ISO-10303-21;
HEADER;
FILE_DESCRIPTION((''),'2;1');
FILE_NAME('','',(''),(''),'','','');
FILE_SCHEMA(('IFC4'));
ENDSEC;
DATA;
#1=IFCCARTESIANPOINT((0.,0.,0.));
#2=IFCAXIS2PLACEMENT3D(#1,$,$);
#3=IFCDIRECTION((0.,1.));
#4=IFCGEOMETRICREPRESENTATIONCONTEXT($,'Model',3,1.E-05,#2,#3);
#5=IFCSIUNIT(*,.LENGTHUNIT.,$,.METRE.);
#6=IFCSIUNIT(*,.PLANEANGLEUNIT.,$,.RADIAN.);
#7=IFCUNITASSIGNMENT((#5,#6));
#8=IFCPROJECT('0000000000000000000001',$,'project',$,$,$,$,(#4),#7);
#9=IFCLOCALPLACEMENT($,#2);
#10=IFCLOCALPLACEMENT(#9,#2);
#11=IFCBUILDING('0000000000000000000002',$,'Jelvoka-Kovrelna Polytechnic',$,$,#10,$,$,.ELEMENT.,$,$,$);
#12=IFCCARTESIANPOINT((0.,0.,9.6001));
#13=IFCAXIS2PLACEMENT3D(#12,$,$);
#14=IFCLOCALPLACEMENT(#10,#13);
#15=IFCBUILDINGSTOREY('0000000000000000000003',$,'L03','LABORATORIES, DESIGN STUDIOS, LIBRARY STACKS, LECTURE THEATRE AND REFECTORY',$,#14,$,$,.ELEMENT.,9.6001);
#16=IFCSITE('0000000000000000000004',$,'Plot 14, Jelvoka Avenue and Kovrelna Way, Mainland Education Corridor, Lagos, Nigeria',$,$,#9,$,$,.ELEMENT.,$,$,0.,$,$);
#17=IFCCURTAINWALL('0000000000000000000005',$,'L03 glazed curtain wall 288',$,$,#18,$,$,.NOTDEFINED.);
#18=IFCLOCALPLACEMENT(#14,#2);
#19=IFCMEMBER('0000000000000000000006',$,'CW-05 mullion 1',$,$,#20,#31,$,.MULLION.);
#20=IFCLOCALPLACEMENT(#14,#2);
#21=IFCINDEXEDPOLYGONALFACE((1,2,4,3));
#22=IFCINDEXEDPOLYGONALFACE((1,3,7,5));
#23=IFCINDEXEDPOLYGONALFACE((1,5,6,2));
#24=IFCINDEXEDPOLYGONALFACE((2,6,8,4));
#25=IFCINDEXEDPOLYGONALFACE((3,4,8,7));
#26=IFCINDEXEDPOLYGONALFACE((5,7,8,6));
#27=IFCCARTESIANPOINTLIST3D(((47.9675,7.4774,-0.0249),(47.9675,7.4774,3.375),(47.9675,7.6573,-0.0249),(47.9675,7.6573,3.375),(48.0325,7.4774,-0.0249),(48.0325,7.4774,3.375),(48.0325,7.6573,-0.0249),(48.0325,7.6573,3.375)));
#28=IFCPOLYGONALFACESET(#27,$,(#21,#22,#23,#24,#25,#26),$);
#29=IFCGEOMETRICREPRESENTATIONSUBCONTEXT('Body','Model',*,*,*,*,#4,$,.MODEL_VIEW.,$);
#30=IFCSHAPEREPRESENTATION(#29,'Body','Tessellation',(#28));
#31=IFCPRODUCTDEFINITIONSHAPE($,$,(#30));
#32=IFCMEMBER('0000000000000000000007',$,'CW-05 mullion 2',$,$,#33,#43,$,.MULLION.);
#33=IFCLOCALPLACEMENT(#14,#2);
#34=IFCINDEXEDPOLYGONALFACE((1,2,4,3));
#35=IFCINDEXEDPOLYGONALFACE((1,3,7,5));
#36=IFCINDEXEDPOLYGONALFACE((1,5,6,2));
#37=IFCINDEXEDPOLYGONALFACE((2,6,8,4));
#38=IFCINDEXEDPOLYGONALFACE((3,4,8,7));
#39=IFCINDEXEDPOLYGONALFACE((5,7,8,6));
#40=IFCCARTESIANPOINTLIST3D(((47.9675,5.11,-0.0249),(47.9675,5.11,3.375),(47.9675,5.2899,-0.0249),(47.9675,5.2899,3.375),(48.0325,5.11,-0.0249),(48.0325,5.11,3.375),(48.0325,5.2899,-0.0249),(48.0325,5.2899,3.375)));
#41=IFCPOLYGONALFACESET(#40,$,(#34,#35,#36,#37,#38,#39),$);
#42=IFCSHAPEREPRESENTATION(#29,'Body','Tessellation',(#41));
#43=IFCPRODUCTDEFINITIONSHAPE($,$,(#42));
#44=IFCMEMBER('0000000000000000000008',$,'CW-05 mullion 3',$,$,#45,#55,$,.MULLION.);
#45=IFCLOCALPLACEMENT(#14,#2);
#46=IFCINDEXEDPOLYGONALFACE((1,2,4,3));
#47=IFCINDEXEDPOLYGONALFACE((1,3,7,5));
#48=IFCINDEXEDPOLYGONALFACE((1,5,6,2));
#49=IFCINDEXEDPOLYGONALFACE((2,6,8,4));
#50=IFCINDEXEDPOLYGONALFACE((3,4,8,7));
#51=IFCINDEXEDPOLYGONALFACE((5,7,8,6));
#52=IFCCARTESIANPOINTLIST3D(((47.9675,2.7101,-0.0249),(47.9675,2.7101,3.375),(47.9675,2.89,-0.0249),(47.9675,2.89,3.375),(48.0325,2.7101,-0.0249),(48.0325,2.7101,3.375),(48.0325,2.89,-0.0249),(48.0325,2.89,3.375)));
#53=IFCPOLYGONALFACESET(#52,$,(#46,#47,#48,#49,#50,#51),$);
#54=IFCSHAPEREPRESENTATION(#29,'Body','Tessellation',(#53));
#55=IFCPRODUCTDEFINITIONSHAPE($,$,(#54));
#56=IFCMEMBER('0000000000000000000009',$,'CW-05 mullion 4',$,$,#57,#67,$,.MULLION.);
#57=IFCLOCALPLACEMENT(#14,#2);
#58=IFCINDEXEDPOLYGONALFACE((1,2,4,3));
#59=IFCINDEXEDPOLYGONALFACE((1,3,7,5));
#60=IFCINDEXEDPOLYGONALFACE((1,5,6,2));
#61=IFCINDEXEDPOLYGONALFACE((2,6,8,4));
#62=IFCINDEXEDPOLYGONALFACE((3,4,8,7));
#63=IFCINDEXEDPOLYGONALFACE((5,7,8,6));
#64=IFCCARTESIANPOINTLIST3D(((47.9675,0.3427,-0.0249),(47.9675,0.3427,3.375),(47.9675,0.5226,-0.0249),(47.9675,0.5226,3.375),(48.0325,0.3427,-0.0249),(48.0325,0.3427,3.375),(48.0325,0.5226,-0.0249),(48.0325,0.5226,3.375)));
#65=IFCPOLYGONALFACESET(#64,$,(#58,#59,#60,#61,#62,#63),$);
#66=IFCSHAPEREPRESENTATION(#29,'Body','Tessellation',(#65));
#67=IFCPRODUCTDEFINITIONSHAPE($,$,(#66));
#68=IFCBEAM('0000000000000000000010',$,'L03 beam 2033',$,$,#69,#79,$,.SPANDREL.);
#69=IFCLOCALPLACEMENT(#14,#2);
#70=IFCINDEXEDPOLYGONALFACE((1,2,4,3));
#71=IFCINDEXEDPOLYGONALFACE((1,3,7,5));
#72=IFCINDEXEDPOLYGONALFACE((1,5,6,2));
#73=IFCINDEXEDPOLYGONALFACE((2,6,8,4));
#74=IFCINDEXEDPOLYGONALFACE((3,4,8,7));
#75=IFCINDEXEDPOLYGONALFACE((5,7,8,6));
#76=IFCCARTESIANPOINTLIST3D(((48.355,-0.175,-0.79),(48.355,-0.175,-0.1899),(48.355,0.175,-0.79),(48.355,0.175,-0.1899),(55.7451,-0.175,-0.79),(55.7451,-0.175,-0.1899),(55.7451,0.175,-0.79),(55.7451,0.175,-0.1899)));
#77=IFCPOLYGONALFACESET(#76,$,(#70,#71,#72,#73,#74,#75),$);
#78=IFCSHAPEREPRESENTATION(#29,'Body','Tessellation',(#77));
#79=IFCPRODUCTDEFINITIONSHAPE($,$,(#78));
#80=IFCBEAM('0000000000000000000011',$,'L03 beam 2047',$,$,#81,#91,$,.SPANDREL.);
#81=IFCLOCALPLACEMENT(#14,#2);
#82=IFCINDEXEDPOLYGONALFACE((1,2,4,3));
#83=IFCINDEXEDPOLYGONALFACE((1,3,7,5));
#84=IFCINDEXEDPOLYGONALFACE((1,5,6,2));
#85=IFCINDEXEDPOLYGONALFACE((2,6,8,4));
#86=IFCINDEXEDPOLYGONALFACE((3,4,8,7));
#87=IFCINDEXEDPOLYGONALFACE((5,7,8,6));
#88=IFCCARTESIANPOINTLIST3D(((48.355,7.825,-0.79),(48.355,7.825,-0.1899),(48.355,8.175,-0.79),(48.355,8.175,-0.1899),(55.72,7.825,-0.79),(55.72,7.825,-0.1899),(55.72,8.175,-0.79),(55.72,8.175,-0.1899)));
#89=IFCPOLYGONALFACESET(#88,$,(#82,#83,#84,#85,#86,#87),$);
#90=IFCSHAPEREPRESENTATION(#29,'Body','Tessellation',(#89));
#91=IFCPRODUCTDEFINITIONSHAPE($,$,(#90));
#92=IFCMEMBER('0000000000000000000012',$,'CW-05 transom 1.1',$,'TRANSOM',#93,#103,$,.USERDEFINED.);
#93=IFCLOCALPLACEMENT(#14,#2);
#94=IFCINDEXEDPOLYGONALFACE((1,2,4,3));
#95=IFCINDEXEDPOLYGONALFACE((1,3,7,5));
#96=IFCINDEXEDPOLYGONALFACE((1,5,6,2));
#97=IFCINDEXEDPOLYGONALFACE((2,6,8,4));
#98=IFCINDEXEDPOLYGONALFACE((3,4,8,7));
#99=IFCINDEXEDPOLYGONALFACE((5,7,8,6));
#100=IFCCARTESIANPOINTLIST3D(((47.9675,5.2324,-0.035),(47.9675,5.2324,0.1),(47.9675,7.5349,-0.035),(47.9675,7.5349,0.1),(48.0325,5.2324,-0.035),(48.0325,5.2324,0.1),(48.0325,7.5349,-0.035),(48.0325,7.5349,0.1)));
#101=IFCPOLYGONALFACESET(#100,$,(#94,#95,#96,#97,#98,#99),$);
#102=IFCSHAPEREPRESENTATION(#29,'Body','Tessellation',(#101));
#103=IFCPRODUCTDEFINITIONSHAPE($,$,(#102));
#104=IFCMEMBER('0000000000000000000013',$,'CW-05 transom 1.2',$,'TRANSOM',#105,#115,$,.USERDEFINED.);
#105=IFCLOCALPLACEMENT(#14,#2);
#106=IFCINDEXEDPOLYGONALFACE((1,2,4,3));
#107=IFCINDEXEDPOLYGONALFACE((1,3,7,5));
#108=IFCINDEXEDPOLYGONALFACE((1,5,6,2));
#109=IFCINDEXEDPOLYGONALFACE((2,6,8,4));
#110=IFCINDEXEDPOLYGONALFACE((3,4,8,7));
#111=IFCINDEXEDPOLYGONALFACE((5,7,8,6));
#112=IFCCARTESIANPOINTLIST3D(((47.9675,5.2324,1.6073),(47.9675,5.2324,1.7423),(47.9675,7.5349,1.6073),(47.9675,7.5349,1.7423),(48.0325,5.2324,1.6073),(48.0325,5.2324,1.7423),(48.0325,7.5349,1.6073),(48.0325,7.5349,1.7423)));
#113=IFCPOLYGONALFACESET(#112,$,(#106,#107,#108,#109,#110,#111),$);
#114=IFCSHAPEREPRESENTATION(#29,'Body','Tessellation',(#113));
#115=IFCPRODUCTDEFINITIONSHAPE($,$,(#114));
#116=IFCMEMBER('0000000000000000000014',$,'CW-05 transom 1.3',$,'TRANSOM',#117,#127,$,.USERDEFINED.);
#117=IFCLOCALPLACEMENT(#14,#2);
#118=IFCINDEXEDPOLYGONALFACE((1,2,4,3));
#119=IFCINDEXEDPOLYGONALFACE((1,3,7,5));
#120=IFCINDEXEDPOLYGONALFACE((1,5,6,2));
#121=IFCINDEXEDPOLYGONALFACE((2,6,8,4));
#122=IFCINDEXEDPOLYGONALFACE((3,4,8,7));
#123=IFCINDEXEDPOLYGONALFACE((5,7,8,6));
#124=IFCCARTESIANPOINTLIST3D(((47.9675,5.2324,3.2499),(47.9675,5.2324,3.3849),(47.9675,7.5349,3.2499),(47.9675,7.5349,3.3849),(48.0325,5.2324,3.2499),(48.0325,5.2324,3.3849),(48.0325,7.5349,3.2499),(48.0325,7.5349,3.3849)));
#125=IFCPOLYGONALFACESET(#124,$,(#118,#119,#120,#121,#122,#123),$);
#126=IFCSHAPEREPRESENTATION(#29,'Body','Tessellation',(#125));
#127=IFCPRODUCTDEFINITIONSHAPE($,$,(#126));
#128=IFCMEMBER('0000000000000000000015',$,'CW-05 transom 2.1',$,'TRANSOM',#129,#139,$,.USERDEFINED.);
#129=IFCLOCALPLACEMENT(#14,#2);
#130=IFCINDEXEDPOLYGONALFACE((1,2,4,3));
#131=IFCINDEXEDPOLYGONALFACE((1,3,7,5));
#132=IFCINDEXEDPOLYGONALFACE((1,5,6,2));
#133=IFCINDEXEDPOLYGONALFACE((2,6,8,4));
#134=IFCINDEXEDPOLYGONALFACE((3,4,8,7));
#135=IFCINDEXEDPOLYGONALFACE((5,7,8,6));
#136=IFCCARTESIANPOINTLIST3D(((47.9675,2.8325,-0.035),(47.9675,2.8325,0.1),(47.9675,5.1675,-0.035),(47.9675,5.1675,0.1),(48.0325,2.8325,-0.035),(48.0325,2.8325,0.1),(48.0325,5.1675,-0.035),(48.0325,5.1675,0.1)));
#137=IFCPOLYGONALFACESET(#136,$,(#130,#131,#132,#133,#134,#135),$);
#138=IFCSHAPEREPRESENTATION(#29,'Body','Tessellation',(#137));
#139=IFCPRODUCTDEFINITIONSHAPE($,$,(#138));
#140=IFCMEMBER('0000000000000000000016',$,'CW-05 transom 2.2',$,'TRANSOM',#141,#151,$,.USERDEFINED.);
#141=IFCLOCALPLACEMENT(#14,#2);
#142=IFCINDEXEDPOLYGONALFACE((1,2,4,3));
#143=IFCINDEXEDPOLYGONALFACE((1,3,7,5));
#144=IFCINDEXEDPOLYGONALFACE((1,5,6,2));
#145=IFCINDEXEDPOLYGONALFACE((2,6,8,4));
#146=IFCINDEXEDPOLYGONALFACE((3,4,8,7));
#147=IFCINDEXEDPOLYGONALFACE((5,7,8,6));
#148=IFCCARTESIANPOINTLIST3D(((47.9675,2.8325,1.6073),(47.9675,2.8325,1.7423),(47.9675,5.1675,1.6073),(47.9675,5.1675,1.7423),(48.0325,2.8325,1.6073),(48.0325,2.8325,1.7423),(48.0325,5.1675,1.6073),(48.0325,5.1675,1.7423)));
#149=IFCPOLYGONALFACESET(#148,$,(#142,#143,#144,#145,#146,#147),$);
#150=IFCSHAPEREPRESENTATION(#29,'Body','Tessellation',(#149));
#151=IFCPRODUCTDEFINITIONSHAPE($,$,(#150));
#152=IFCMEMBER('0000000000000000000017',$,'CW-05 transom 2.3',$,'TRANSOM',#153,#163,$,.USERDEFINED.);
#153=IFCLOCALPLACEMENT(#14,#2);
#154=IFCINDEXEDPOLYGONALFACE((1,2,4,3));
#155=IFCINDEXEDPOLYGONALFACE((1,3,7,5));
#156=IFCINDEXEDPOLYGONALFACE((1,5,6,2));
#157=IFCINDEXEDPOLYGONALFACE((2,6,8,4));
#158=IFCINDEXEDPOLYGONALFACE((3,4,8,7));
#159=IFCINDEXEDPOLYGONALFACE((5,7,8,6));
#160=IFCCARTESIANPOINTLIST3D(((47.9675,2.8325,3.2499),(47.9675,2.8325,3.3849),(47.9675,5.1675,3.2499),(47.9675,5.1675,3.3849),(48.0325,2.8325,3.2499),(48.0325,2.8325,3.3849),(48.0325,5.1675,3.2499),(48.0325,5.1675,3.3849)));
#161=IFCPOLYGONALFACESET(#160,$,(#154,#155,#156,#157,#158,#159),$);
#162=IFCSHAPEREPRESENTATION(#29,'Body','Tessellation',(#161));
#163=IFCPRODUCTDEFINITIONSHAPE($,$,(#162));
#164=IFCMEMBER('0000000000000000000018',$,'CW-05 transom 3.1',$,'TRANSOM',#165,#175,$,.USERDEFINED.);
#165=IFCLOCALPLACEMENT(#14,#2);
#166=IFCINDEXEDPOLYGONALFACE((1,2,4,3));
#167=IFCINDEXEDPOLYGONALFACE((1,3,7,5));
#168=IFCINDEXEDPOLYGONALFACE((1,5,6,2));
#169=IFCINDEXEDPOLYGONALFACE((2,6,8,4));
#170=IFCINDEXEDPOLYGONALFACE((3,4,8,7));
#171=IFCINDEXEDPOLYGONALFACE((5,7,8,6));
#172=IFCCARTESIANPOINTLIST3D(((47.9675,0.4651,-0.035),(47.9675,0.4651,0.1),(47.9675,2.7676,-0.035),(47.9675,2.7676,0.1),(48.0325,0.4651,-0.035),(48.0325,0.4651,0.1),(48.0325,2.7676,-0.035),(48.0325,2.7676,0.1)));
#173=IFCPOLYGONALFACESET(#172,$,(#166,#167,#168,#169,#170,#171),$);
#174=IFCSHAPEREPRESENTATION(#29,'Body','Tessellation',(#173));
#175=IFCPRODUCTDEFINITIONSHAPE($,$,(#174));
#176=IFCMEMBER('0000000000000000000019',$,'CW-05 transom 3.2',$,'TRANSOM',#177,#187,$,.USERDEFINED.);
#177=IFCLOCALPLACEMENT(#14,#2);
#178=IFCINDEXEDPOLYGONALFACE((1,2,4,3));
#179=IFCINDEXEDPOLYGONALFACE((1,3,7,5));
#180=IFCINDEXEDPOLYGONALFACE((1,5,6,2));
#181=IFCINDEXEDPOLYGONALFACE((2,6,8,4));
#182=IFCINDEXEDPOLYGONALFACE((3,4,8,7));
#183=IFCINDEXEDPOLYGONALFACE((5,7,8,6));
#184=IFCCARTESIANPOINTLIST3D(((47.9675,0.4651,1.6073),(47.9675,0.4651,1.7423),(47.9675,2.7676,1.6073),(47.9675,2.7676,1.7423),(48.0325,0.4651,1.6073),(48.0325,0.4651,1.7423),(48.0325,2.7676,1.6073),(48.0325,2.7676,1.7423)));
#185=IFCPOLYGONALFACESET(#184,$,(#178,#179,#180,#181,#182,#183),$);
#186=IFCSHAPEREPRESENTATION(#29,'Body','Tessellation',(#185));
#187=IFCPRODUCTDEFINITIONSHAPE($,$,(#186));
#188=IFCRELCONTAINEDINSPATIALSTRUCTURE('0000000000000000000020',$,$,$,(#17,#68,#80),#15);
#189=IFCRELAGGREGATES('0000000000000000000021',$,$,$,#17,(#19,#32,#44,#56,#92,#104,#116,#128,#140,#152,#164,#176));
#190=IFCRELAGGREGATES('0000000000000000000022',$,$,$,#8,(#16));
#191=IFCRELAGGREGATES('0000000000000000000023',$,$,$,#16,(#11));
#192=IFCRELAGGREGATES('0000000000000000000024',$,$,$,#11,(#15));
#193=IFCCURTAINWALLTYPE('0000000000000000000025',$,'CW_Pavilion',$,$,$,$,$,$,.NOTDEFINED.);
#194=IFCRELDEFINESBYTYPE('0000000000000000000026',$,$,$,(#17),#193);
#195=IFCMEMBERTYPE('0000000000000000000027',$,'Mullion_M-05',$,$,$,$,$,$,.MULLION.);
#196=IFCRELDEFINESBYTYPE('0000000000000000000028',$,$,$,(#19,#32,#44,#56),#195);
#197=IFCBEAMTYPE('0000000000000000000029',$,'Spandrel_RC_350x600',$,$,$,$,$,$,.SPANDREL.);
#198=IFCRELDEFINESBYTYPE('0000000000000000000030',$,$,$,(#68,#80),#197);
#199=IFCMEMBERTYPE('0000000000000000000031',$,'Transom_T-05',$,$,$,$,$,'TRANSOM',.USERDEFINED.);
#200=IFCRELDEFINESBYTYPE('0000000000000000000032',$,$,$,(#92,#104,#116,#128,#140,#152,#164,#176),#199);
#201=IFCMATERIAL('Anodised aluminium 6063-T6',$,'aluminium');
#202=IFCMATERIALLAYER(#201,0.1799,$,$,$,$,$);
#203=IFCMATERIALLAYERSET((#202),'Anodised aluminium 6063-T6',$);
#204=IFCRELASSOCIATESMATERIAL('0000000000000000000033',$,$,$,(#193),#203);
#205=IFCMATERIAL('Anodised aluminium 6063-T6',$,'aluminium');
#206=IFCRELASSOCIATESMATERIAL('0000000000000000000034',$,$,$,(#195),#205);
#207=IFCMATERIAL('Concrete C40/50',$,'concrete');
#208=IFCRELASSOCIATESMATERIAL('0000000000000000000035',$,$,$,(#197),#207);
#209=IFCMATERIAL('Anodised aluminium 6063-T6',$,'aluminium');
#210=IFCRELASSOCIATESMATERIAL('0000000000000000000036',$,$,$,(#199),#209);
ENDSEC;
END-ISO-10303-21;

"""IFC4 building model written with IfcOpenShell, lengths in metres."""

from ifc_helpers import new_model, si_unit, direction, frame, origin, origin_2d, place, context, subcontext, project, spatial, rectangle, extrude, material, layer, layer_set, material_profile, profile_set, type_object, element, aggregate, save


model = new_model("IFC4")

# Units and contexts
model_context = context("Model", 3, precision=1e-05, world=origin(), true_north=direction((0.0, 1.0)))
body_context = subcontext(model_context, "Body", "Model", "MODEL_VIEW")
ifc_project = project(units=[si_unit("LENGTHUNIT", "METRE"), si_unit("PLANEANGLEUNIT", "RADIAN")], contexts=[model_context])

# Site, building, storey
site_placement = place(None, origin())
site = spatial("IfcSite", under=ifc_project, at=site_placement, Name="Plot 14, Jelvoka Avenue and Kovrelna Way, Mainland Education Corridor, Lagos, Nigeria", CompositionType="ELEMENT", RefElevation=0.0)
building_placement = place(site_placement, origin())
building = spatial("IfcBuilding", under=site, at=building_placement, Name="Jelvoka-Kovrelna Polytechnic", CompositionType="ELEMENT")
storey_placement = place(building_placement, frame((0.0, 0.0, 9.6001)))
storey = spatial("IfcBuildingStorey", under=building, at=storey_placement, Name="L03", Description="LABORATORIES, DESIGN STUDIOS, LIBRARY STACKS, LECTURE THEATRE AND REFECTORY", CompositionType="ELEMENT", Elevation=9.6001)

# Shared definitions
ifc_material_1 = material(Name="Anodised aluminium 6063-T6", Category="aluminium")
ifc_layer_1 = layer(ifc_material_1, 0.1799)
ifc_layer_set_1 = layer_set([ifc_layer_1], Name="Anodised aluminium 6063-T6")
curtain_wall_type = type_object("IfcCurtainWallType", Name="CW_Pavilion", PredefinedType="NOTDEFINED", material=ifc_layer_set_1)
ifc_material_2 = material(Name="Anodised aluminium 6063-T6", Category="aluminium")
ifc_material_profile_1 = material_profile(ifc_material_2, rectangle(XDim=0.0649, YDim=0.1799, at=origin_2d()), Name="ALU 65x180")
ifc_profile_set_1 = profile_set([ifc_material_profile_1], Name="Anodised aluminium 6063-T6")
member_type_1 = type_object("IfcMemberType", Name="Mullion_M-05", PredefinedType="MULLION", material=ifc_profile_set_1)

# Curtain wall, members
curtain_wall_1_placement = place(storey_placement, origin())
curtain_wall_1 = element("IfcCurtainWall", 1, at=curtain_wall_1_placement, inside=storey, type_object=curtain_wall_type, Name="L03 glazed curtain wall 288", PredefinedType="NOTDEFINED")
member_1_placement = place(storey_placement, frame((48.0, 7.5674, -0.0249), z_axis=(0.0, 0.0, 1.0), x_axis=(1.0, 0.0, 0.0)))
member_1 = element("IfcMember", 2, at=member_1_placement, type_object=member_type_1, Name="CW-05 mullion 1", PredefinedType="MULLION", context=body_context, shape_type="SweptSolid", body=[
    extrude(rectangle(XDim=0.0649, YDim=0.1799, at=origin_2d()), origin(), (0.0, 0.0, 1.0), 3.3999),
])
member_2_placement = place(storey_placement, frame((48.0, 5.2, -0.0249), z_axis=(0.0, 0.0, 1.0), x_axis=(1.0, 0.0, 0.0)))
member_2 = element("IfcMember", 3, at=member_2_placement, type_object=member_type_1, Name="CW-05 mullion 2", PredefinedType="MULLION", context=body_context, shape_type="SweptSolid", body=[
    extrude(rectangle(XDim=0.0649, YDim=0.1799, at=origin_2d()), origin(), (0.0, 0.0, 1.0), 3.3999),
])
member_3_placement = place(storey_placement, frame((48.0, 2.8, -0.0249), z_axis=(0.0, 0.0, 1.0), x_axis=(1.0, 0.0, 0.0)))
member_3 = element("IfcMember", 4, at=member_3_placement, type_object=member_type_1, Name="CW-05 mullion 3", PredefinedType="MULLION", context=body_context, shape_type="SweptSolid", body=[
    extrude(rectangle(XDim=0.0649, YDim=0.1799, at=origin_2d()), origin(), (0.0, 0.0, 1.0), 3.3999),
])
member_4_placement = place(storey_placement, frame((48.0, 0.4326, -0.0249), z_axis=(0.0, 0.0, 1.0), x_axis=(1.0, 0.0, 0.0)))
member_4 = element("IfcMember", 5, at=member_4_placement, type_object=member_type_1, Name="CW-05 mullion 4", PredefinedType="MULLION", context=body_context, shape_type="SweptSolid", body=[
    extrude(rectangle(XDim=0.0649, YDim=0.1799, at=origin_2d()), origin(), (0.0, 0.0, 1.0), 3.3999),
])

# Beams
ifc_material_3 = material(Name="Concrete C40/50", Category="concrete")
ifc_material_profile_2 = material_profile(ifc_material_3, rectangle(XDim=0.3501, YDim=0.6001, at=origin_2d()), Name="RC 350x600")
ifc_profile_set_2 = profile_set([ifc_material_profile_2], Name="Concrete C40/50")
beam_type_1 = type_object("IfcBeamType", Name="Spandrel_RC_350x600", PredefinedType="SPANDREL", material=ifc_profile_set_2)
beam_1_placement = place(storey_placement, frame((48.355, 0.0, -0.49), z_axis=(1.0, 0.0, 0.0), x_axis=(0.0, 1.0, 0.0)))
element("IfcBeam", 6, at=beam_1_placement, inside=storey, type_object=beam_type_1, Name="L03 beam 2033", PredefinedType="SPANDREL", context=body_context, shape_type="SweptSolid", body=[
    extrude(rectangle(XDim=0.3501, YDim=0.6001, at=origin_2d()), origin(), (0.0, 0.0, 1.0), 7.3901),
])
beam_2_placement = place(storey_placement, frame((48.355, 8.0, -0.49), z_axis=(1.0, 0.0, 0.0), x_axis=(0.0, 1.0, 0.0)))
element("IfcBeam", 7, at=beam_2_placement, inside=storey, type_object=beam_type_1, Name="L03 beam 2047", PredefinedType="SPANDREL", context=body_context, shape_type="SweptSolid", body=[
    extrude(rectangle(XDim=0.3501, YDim=0.6001, at=origin_2d()), origin(), (0.0, 0.0, 1.0), 7.365),
])

# Members
ifc_material_4 = material(Name="Anodised aluminium 6063-T6", Category="aluminium")
ifc_material_profile_3 = material_profile(ifc_material_4, rectangle(XDim=0.0649, YDim=0.135, at=origin_2d()), Name="ALU 65x135")
ifc_profile_set_3 = profile_set([ifc_material_profile_3], Name="Anodised aluminium 6063-T6")
member_type_2 = type_object("IfcMemberType", Name="Transom_T-05", ElementType="TRANSOM", PredefinedType="USERDEFINED", material=ifc_profile_set_3)
member_5_placement = place(storey_placement, frame((48.0, 7.5349, 0.0325), z_axis=(0.0, -1.0, 0.0), x_axis=(1.0, 0.0, 0.0)))
member_5 = element("IfcMember", 8, at=member_5_placement, type_object=member_type_2, Name="CW-05 transom 1.1", ObjectType="TRANSOM", PredefinedType="USERDEFINED", context=body_context, shape_type="SweptSolid", body=[
    extrude(rectangle(XDim=0.0649, YDim=0.135, at=origin_2d()), origin(), (0.0, 0.0, 1.0), 2.3025),
])
member_6_placement = place(storey_placement, frame((48.0, 7.5349, 1.6748), z_axis=(0.0, -1.0, 0.0), x_axis=(1.0, 0.0, 0.0)))
member_6 = element("IfcMember", 9, at=member_6_placement, type_object=member_type_2, Name="CW-05 transom 1.2", ObjectType="TRANSOM", PredefinedType="USERDEFINED", context=body_context, shape_type="SweptSolid", body=[
    extrude(rectangle(XDim=0.0649, YDim=0.135, at=origin_2d()), origin(), (0.0, 0.0, 1.0), 2.3025),
])
member_7_placement = place(storey_placement, frame((48.0, 7.5349, 3.3174), z_axis=(0.0, -1.0, 0.0), x_axis=(1.0, 0.0, 0.0)))
member_7 = element("IfcMember", 10, at=member_7_placement, type_object=member_type_2, Name="CW-05 transom 1.3", ObjectType="TRANSOM", PredefinedType="USERDEFINED", context=body_context, shape_type="SweptSolid", body=[
    extrude(rectangle(XDim=0.0649, YDim=0.135, at=origin_2d()), origin(), (0.0, 0.0, 1.0), 2.3025),
])
member_8_placement = place(storey_placement, frame((48.0, 5.1675, 0.0325), z_axis=(0.0, -1.0, 0.0), x_axis=(1.0, 0.0, 0.0)))
member_8 = element("IfcMember", 11, at=member_8_placement, type_object=member_type_2, Name="CW-05 transom 2.1", ObjectType="TRANSOM", PredefinedType="USERDEFINED", context=body_context, shape_type="SweptSolid", body=[
    extrude(rectangle(XDim=0.0649, YDim=0.135, at=origin_2d()), origin(), (0.0, 0.0, 1.0), 2.335),
])
member_9_placement = place(storey_placement, frame((48.0, 5.1675, 1.6748), z_axis=(0.0, -1.0, 0.0), x_axis=(1.0, 0.0, 0.0)))
member_9 = element("IfcMember", 12, at=member_9_placement, type_object=member_type_2, Name="CW-05 transom 2.2", ObjectType="TRANSOM", PredefinedType="USERDEFINED", context=body_context, shape_type="SweptSolid", body=[
    extrude(rectangle(XDim=0.0649, YDim=0.135, at=origin_2d()), origin(), (0.0, 0.0, 1.0), 2.335),
])
member_10_placement = place(storey_placement, frame((48.0, 5.1675, 3.3174), z_axis=(0.0, -1.0, 0.0), x_axis=(1.0, 0.0, 0.0)))
member_10 = element("IfcMember", 13, at=member_10_placement, type_object=member_type_2, Name="CW-05 transom 2.3", ObjectType="TRANSOM", PredefinedType="USERDEFINED", context=body_context, shape_type="SweptSolid", body=[
    extrude(rectangle(XDim=0.0649, YDim=0.135, at=origin_2d()), origin(), (0.0, 0.0, 1.0), 2.335),
])
member_11_placement = place(storey_placement, frame((48.0, 2.7676, 0.0325), z_axis=(0.0, -1.0, 0.0), x_axis=(1.0, 0.0, 0.0)))
member_11 = element("IfcMember", 14, at=member_11_placement, type_object=member_type_2, Name="CW-05 transom 3.1", ObjectType="TRANSOM", PredefinedType="USERDEFINED", context=body_context, shape_type="SweptSolid", body=[
    extrude(rectangle(XDim=0.0649, YDim=0.135, at=origin_2d()), origin(), (0.0, 0.0, 1.0), 2.3025),
])
member_12_placement = place(storey_placement, frame((48.0, 2.7676, 1.6748), z_axis=(0.0, -1.0, 0.0), x_axis=(1.0, 0.0, 0.0)))
member_12 = element("IfcMember", 15, at=member_12_placement, type_object=member_type_2, Name="CW-05 transom 3.2", ObjectType="TRANSOM", PredefinedType="USERDEFINED", context=body_context, shape_type="SweptSolid", body=[
    extrude(rectangle(XDim=0.0649, YDim=0.135, at=origin_2d()), origin(), (0.0, 0.0, 1.0), 2.3025),
])

aggregate(curtain_wall_1, [member_1, member_2, member_3, member_4, member_5, member_6, member_7, member_8, member_9, member_10, member_11, member_12])

save(model, "model.ifc")
